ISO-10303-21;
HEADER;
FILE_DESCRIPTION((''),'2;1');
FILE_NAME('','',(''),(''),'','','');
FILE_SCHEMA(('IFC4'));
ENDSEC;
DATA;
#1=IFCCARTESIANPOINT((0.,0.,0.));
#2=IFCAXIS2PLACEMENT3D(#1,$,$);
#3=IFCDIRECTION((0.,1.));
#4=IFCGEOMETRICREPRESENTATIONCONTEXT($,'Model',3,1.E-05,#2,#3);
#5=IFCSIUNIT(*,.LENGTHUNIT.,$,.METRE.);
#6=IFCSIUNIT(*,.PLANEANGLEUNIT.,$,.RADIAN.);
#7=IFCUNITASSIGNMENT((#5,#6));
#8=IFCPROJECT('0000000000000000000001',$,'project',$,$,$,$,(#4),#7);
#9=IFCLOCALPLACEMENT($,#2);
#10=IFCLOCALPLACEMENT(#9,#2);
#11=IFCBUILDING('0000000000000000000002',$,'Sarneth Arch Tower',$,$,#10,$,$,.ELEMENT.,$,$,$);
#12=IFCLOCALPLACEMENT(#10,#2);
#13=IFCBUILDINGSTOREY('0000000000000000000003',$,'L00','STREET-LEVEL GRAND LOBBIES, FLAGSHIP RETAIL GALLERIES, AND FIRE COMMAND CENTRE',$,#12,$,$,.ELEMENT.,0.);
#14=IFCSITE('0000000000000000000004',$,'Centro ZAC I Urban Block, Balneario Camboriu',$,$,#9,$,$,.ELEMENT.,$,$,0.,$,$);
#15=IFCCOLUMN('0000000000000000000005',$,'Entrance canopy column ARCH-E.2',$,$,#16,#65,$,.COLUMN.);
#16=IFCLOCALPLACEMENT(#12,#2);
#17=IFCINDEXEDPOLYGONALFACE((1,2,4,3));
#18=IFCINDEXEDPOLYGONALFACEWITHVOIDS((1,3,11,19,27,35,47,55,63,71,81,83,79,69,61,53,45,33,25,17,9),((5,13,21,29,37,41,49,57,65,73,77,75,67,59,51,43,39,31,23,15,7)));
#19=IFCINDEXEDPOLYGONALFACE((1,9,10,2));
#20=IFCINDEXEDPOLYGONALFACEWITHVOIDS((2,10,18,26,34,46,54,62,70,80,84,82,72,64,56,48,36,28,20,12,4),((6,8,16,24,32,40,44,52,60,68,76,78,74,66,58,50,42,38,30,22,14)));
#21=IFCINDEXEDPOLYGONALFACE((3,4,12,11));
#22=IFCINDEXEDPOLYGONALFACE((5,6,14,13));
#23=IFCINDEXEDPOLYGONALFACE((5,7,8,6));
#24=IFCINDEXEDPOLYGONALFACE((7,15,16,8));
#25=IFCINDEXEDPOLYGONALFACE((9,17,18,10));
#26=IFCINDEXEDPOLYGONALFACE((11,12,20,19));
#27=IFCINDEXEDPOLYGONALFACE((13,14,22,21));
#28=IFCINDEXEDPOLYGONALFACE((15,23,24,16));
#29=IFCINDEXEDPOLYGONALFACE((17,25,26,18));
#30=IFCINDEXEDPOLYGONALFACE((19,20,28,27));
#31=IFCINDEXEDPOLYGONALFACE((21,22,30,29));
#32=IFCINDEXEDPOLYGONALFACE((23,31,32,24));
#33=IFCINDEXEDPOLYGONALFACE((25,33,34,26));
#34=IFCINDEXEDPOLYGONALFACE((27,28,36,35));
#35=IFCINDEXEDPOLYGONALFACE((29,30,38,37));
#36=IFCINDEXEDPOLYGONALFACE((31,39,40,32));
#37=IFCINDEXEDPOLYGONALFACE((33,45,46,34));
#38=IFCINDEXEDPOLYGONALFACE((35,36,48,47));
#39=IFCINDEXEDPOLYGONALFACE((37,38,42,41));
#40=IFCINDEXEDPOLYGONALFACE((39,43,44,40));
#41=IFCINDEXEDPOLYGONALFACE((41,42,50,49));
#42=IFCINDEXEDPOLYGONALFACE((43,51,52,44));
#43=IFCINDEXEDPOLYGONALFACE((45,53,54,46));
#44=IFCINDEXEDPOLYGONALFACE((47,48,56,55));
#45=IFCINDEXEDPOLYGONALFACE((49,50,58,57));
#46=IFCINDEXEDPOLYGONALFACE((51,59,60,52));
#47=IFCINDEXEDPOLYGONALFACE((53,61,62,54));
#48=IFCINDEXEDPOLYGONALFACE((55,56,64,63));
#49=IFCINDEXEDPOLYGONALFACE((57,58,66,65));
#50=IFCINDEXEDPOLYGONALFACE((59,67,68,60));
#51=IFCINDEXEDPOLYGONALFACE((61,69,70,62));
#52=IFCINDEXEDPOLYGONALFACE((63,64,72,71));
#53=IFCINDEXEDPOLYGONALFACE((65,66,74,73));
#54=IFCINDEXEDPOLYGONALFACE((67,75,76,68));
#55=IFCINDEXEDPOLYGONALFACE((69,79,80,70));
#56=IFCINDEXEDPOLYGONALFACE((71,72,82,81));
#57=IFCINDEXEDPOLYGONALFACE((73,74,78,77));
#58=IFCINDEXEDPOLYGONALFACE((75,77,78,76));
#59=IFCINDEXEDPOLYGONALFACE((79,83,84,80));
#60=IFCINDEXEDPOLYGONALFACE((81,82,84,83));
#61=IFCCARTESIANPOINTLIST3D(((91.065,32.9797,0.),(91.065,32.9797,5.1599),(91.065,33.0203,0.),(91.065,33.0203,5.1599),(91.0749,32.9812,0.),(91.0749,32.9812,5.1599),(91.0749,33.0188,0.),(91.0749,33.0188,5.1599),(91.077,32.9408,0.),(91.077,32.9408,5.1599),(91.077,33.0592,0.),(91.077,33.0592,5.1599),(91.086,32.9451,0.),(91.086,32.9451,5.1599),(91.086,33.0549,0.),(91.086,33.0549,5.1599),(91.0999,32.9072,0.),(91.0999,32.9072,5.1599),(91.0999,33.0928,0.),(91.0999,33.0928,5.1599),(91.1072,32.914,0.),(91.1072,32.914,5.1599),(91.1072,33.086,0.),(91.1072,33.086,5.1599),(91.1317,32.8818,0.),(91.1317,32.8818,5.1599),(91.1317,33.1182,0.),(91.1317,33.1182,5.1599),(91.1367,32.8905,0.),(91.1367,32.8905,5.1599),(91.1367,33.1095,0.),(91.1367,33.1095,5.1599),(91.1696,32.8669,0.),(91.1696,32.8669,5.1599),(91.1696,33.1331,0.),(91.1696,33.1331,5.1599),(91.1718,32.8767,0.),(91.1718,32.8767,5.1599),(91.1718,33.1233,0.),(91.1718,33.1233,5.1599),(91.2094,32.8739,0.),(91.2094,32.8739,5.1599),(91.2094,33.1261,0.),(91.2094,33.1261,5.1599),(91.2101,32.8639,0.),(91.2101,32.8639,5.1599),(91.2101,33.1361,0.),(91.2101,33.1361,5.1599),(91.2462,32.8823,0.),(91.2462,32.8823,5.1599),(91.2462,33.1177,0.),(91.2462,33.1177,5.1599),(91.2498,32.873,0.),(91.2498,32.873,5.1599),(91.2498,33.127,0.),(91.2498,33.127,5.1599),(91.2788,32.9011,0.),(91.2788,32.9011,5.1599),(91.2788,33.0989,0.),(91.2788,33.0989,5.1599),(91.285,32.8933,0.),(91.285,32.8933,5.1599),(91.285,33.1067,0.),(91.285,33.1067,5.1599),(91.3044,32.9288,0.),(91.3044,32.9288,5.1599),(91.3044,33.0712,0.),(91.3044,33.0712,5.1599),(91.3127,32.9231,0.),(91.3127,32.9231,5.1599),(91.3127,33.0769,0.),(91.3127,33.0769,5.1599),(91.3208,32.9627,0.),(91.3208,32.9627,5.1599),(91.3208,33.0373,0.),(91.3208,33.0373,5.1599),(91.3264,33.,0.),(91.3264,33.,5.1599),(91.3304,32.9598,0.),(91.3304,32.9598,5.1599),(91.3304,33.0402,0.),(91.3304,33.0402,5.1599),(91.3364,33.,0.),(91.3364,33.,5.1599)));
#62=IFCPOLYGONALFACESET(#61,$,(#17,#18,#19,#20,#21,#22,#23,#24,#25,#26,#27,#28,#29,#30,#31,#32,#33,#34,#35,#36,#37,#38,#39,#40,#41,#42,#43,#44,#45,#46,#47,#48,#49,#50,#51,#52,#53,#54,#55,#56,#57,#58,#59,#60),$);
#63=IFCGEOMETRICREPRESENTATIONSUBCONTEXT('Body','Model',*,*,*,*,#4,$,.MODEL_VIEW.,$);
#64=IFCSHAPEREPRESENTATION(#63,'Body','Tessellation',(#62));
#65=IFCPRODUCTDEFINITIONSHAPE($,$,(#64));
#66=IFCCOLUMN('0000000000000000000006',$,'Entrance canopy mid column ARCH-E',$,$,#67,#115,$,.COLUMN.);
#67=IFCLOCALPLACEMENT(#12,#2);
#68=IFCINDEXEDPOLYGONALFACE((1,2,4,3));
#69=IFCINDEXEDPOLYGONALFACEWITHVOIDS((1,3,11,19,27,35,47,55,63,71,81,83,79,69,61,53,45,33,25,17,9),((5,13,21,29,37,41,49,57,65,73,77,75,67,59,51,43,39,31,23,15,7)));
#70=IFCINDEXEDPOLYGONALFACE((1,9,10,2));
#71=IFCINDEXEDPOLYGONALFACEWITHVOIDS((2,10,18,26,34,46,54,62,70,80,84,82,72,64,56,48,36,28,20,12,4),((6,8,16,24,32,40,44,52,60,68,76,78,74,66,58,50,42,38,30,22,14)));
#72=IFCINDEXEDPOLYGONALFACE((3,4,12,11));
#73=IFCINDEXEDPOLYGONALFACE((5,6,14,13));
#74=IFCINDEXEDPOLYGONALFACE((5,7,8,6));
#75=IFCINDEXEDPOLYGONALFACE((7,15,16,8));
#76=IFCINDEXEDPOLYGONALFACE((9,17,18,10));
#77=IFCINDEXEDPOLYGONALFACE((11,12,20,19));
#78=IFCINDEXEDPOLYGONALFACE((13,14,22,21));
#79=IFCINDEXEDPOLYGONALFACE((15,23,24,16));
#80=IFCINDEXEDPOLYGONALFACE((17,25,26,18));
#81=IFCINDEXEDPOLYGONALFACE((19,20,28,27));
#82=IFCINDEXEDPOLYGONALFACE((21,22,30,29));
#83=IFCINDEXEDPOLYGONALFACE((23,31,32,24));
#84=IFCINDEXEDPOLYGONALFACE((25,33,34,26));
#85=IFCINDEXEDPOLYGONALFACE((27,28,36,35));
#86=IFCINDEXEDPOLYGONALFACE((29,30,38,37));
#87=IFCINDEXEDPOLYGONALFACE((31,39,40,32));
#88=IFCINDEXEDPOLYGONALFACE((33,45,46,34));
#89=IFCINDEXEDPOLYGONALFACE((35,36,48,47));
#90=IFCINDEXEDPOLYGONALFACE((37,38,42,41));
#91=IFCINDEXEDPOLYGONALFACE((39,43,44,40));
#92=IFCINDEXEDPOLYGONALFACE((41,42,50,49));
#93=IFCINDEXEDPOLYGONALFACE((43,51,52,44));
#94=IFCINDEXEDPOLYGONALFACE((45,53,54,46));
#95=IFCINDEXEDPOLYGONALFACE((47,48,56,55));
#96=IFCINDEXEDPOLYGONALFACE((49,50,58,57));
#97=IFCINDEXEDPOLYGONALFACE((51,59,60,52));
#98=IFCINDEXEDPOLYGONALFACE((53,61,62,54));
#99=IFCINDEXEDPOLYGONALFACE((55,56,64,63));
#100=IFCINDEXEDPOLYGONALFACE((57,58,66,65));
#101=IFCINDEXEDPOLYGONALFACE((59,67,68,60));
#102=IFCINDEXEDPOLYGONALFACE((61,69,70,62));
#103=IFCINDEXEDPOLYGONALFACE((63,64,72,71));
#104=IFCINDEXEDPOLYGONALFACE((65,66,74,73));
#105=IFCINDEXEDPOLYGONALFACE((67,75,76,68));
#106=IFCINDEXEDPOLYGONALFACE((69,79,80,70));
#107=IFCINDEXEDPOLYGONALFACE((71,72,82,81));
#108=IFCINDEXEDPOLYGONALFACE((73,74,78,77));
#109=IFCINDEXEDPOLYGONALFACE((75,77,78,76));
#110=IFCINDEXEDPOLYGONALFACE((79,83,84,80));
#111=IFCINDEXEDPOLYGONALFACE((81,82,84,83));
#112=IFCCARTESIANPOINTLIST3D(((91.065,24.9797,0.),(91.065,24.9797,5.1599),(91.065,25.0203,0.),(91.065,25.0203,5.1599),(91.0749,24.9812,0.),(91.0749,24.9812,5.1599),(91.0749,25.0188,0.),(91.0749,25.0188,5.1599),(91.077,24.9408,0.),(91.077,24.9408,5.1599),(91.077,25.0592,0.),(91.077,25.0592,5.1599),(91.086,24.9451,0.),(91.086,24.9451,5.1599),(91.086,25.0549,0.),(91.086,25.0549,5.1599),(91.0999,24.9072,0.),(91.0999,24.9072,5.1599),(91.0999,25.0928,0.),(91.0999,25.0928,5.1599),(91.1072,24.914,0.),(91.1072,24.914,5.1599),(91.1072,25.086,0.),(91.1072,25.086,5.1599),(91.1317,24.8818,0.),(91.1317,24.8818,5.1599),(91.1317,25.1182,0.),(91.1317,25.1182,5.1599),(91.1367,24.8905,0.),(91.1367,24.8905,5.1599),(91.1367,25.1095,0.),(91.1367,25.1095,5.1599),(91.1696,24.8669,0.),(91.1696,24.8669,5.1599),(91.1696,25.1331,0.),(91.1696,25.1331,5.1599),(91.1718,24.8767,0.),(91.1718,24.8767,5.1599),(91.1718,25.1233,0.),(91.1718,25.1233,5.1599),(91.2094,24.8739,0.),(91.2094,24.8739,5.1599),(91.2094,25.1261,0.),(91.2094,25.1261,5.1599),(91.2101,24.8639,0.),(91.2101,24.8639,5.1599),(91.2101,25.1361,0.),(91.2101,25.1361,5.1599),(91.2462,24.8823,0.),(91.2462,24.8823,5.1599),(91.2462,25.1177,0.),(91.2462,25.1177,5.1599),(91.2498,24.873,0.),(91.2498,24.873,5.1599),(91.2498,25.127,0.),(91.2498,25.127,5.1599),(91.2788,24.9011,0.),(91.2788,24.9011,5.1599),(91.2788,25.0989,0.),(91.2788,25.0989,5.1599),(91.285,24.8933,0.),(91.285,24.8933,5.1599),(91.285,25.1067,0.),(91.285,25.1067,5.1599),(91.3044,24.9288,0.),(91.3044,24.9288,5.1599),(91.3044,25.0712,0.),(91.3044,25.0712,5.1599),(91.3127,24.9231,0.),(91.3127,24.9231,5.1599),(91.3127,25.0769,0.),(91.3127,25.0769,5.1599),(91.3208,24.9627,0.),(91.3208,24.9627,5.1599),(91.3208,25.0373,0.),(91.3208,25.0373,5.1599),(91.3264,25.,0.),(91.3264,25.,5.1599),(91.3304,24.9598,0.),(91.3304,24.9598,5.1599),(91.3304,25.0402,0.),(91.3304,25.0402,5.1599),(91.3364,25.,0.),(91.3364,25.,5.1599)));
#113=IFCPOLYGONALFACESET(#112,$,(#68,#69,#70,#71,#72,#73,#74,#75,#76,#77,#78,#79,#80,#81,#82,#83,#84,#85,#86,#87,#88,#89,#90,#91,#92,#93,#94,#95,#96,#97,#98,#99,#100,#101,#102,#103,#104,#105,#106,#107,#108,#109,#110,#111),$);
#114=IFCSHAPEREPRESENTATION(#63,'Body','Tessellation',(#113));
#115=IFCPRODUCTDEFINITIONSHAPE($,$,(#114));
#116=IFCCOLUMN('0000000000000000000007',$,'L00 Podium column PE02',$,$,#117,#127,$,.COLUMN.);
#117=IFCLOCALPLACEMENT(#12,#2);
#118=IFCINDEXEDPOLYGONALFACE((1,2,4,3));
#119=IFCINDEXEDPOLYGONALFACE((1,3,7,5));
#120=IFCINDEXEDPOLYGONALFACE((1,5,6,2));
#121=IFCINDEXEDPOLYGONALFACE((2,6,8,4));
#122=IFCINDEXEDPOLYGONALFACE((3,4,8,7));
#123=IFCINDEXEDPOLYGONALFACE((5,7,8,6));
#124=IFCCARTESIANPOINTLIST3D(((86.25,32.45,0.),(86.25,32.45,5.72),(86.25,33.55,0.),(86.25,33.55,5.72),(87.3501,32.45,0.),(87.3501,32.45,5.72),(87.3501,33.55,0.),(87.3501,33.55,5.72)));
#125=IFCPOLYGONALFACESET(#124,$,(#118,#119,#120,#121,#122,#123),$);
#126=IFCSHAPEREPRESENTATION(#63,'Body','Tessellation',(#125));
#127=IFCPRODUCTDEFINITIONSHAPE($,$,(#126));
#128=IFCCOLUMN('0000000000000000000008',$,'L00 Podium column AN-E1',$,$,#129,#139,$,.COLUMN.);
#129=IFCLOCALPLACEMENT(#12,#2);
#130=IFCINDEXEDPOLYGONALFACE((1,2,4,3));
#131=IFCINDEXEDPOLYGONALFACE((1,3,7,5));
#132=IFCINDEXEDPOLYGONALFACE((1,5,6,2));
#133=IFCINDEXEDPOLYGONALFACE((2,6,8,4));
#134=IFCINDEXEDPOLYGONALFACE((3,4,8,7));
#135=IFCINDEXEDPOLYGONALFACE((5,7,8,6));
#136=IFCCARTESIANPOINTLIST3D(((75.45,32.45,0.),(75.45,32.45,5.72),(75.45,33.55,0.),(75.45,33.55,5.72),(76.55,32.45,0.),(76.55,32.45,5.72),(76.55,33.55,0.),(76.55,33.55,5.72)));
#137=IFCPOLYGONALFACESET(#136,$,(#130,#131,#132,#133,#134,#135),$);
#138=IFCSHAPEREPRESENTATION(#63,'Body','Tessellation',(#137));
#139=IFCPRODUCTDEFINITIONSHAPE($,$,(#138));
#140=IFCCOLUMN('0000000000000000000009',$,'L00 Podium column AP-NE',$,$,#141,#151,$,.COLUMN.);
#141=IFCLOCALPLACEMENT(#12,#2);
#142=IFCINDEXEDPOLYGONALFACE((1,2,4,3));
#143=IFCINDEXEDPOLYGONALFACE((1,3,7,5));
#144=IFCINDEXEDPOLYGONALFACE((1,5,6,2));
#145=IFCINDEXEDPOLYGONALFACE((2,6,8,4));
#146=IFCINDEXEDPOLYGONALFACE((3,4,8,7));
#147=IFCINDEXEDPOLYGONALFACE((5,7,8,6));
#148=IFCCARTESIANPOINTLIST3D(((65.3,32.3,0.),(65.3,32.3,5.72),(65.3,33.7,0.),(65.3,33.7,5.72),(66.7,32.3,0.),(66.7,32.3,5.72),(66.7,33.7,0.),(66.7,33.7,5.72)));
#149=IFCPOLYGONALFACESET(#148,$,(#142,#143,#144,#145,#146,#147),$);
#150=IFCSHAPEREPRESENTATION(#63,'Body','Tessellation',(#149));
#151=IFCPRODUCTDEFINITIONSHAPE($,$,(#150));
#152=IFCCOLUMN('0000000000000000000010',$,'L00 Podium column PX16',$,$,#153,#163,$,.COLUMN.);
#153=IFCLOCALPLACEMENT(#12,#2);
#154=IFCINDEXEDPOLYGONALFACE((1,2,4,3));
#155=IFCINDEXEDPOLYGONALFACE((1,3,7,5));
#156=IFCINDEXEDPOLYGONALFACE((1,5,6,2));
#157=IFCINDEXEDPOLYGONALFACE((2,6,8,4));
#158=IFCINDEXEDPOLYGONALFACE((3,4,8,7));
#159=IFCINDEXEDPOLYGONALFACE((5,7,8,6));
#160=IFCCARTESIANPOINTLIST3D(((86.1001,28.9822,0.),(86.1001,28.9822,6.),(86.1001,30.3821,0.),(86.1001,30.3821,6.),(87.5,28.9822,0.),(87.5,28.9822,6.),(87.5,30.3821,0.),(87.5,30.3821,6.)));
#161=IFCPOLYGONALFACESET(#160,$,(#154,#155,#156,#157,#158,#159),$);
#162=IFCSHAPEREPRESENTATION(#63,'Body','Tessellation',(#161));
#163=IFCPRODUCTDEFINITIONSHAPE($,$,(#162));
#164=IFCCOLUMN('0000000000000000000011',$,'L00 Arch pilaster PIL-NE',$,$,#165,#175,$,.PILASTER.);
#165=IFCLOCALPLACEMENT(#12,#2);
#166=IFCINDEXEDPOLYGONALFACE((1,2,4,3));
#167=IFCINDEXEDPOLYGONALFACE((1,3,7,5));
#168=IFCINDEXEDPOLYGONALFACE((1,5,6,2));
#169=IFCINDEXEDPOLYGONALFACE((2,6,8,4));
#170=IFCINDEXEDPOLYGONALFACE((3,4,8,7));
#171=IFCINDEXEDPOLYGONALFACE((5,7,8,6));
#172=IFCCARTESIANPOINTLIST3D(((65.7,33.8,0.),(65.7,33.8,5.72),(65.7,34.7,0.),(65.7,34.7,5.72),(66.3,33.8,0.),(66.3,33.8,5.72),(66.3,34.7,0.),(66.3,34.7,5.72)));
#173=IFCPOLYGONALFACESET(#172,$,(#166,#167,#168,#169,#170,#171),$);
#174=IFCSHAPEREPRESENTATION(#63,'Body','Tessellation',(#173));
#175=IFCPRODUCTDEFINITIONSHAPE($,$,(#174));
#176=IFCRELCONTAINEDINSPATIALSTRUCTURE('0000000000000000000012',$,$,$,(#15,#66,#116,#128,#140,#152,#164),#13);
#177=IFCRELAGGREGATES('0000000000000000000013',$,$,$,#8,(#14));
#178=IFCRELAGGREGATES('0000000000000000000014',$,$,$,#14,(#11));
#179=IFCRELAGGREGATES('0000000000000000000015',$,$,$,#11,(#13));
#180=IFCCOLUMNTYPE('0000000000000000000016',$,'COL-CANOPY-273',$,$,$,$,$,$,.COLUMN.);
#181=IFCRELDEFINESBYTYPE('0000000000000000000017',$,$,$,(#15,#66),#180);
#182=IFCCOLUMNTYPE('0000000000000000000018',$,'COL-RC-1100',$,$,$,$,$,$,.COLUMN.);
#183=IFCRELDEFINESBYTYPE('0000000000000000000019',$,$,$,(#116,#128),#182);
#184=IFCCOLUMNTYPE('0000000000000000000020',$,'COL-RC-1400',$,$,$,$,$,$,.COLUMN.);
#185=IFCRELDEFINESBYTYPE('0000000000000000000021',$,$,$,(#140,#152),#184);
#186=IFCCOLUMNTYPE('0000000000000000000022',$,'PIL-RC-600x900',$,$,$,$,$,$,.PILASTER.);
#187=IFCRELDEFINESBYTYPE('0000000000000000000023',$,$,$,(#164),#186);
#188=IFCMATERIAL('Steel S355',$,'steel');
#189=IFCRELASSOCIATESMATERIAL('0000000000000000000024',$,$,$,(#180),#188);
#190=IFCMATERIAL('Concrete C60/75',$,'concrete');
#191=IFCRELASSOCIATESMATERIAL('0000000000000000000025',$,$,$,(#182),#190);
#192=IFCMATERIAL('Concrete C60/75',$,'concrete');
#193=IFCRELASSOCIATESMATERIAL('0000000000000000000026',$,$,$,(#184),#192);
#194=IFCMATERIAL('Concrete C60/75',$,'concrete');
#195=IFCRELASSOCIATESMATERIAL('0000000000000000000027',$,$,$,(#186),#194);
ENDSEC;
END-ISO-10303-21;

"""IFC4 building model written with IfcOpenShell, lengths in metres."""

from ifc_helpers import new_model, si_unit, direction, frame, origin, origin_2d, place, context, subcontext, project, spatial, rectangle, hollow_circle, extrude, material, material_profile, profile_set, type_object, element, save


model = new_model("IFC4")

# Units and contexts
model_context = context("Model", 3, precision=1e-05, world=origin(), true_north=direction((0.0, 1.0)))
body_context = subcontext(model_context, "Body", "Model", "MODEL_VIEW")
ifc_project = project(units=[si_unit("LENGTHUNIT", "METRE"), si_unit("PLANEANGLEUNIT", "RADIAN")], contexts=[model_context])

# Site, building, storey
site_placement = place(None, origin())
site = spatial("IfcSite", under=ifc_project, at=site_placement, Name="Centro ZAC I Urban Block, Balneario Camboriu", CompositionType="ELEMENT", RefElevation=0.0)
building_placement = place(site_placement, origin())
building = spatial("IfcBuilding", under=site, at=building_placement, Name="Sarneth Arch Tower", CompositionType="ELEMENT")
storey_placement = place(building_placement, origin())
storey = spatial("IfcBuildingStorey", under=building, at=storey_placement, Name="L00", Description="STREET-LEVEL GRAND LOBBIES, FLAGSHIP RETAIL GALLERIES, AND FIRE COMMAND CENTRE", CompositionType="ELEMENT", Elevation=0.0)

# Columns
ifc_material_1 = material(Name="Steel S355", Category="steel")
ifc_material_profile_1 = material_profile(ifc_material_1, hollow_circle(Radius=0.1365, WallThickness=0.01, at=origin_2d()), Name="CHS273x10")
ifc_profile_set_1 = profile_set([ifc_material_profile_1], Name="Steel S355")
column_type_1 = type_object("IfcColumnType", Name="COL-CANOPY-273", PredefinedType="COLUMN", material=ifc_profile_set_1)
for number, where, z_axis, x_axis, name in (
    (1, (91.2, 33.0, 0.0), (0.0, 0.0, 1.0), (1.0, 0.0, 0.0), "Entrance canopy column ARCH-E.2"),
    (2, (91.2, 25.0, 0.0), (0.0, 0.0, 1.0), (1.0, 0.0, 0.0), "Entrance canopy mid column ARCH-E"),
):
    element("IfcColumn", number, at=place(storey_placement, frame(where, z_axis=z_axis, x_axis=x_axis)), inside=storey, type_object=column_type_1, Name=name, PredefinedType="COLUMN", context=body_context, shape_type="SweptSolid", body=[
        extrude(hollow_circle(Radius=0.1365, WallThickness=0.01, at=origin_2d()), origin(), (0.0, 0.0, 1.0), 5.1599),
    ])
ifc_material_2 = material(Name="Concrete C60/75", Category="concrete")
ifc_material_profile_2 = material_profile(ifc_material_2, rectangle(XDim=1.1001, YDim=1.1001, at=origin_2d()), Name="RC-1100x1100")
ifc_profile_set_2 = profile_set([ifc_material_profile_2], Name="Concrete C60/75")
column_type_2 = type_object("IfcColumnType", Name="COL-RC-1100", PredefinedType="COLUMN", material=ifc_profile_set_2)
for number, where, z_axis, x_axis, name in (
    (3, (86.8, 33.0, 0.0), (0.0, 0.0, 1.0), (1.0, 0.0, 0.0), "L00 Podium column PE02"),
    (4, (76.0, 33.0, 0.0), (0.0, 0.0, 1.0), (1.0, 0.0, 0.0), "L00 Podium column AN-E1"),
):
    element("IfcColumn", number, at=place(storey_placement, frame(where, z_axis=z_axis, x_axis=x_axis)), inside=storey, type_object=column_type_2, Name=name, PredefinedType="COLUMN", context=body_context, shape_type="SweptSolid", body=[
        extrude(rectangle(XDim=1.1001, YDim=1.1001, at=origin_2d()), origin(), (0.0, 0.0, 1.0), 5.72),
    ])
ifc_material_3 = material(Name="Concrete C60/75", Category="concrete")
ifc_material_profile_3 = material_profile(ifc_material_3, rectangle(XDim=1.3999, YDim=1.3999, at=origin_2d()), Name="RC-1400x1400")
ifc_profile_set_3 = profile_set([ifc_material_profile_3], Name="Concrete C60/75")
column_type_3 = type_object("IfcColumnType", Name="COL-RC-1400", PredefinedType="COLUMN", material=ifc_profile_set_3)
column_1_placement = place(storey_placement, frame((66.0, 33.0, 0.0), z_axis=(0.0, 0.0, 1.0), x_axis=(1.0, 0.0, 0.0)))
element("IfcColumn", 5, at=column_1_placement, inside=storey, type_object=column_type_3, Name="L00 Podium column AP-NE", PredefinedType="COLUMN", context=body_context, shape_type="SweptSolid", body=[
    extrude(rectangle(XDim=1.3999, YDim=1.3999, at=origin_2d()), origin(), (0.0, 0.0, 1.0), 5.72),
])
column_2_placement = place(storey_placement, frame((86.8, 29.6821, 0.0), z_axis=(0.0, 0.0, 1.0), x_axis=(1.0, 0.0, 0.0)))
element("IfcColumn", 6, at=column_2_placement, inside=storey, type_object=column_type_3, Name="L00 Podium column PX16", PredefinedType="COLUMN", context=body_context, shape_type="SweptSolid", body=[
    extrude(rectangle(XDim=1.3999, YDim=1.3999, at=origin_2d()), origin(), (0.0, 0.0, 1.0), 6.0),
])
ifc_material_4 = material(Name="Concrete C60/75", Category="concrete")
ifc_material_profile_4 = material_profile(ifc_material_4, rectangle(XDim=0.6001, YDim=0.8999, at=origin_2d()), Name="RC-600x900")
ifc_profile_set_4 = profile_set([ifc_material_profile_4], Name="Concrete C60/75")
column_type_4 = type_object("IfcColumnType", Name="PIL-RC-600x900", PredefinedType="PILASTER", material=ifc_profile_set_4)
column_3_placement = place(storey_placement, frame((66.0, 34.25, 0.0), z_axis=(0.0, 0.0, 1.0), x_axis=(1.0, 0.0, 0.0)))
element("IfcColumn", 7, at=column_3_placement, inside=storey, type_object=column_type_4, Name="L00 Arch pilaster PIL-NE", PredefinedType="PILASTER", context=body_context, shape_type="SweptSolid", body=[
    extrude(rectangle(XDim=0.6001, YDim=0.8999, at=origin_2d()), origin(), (0.0, 0.0, 1.0), 5.72),
])

save(model, "model.ifc")
